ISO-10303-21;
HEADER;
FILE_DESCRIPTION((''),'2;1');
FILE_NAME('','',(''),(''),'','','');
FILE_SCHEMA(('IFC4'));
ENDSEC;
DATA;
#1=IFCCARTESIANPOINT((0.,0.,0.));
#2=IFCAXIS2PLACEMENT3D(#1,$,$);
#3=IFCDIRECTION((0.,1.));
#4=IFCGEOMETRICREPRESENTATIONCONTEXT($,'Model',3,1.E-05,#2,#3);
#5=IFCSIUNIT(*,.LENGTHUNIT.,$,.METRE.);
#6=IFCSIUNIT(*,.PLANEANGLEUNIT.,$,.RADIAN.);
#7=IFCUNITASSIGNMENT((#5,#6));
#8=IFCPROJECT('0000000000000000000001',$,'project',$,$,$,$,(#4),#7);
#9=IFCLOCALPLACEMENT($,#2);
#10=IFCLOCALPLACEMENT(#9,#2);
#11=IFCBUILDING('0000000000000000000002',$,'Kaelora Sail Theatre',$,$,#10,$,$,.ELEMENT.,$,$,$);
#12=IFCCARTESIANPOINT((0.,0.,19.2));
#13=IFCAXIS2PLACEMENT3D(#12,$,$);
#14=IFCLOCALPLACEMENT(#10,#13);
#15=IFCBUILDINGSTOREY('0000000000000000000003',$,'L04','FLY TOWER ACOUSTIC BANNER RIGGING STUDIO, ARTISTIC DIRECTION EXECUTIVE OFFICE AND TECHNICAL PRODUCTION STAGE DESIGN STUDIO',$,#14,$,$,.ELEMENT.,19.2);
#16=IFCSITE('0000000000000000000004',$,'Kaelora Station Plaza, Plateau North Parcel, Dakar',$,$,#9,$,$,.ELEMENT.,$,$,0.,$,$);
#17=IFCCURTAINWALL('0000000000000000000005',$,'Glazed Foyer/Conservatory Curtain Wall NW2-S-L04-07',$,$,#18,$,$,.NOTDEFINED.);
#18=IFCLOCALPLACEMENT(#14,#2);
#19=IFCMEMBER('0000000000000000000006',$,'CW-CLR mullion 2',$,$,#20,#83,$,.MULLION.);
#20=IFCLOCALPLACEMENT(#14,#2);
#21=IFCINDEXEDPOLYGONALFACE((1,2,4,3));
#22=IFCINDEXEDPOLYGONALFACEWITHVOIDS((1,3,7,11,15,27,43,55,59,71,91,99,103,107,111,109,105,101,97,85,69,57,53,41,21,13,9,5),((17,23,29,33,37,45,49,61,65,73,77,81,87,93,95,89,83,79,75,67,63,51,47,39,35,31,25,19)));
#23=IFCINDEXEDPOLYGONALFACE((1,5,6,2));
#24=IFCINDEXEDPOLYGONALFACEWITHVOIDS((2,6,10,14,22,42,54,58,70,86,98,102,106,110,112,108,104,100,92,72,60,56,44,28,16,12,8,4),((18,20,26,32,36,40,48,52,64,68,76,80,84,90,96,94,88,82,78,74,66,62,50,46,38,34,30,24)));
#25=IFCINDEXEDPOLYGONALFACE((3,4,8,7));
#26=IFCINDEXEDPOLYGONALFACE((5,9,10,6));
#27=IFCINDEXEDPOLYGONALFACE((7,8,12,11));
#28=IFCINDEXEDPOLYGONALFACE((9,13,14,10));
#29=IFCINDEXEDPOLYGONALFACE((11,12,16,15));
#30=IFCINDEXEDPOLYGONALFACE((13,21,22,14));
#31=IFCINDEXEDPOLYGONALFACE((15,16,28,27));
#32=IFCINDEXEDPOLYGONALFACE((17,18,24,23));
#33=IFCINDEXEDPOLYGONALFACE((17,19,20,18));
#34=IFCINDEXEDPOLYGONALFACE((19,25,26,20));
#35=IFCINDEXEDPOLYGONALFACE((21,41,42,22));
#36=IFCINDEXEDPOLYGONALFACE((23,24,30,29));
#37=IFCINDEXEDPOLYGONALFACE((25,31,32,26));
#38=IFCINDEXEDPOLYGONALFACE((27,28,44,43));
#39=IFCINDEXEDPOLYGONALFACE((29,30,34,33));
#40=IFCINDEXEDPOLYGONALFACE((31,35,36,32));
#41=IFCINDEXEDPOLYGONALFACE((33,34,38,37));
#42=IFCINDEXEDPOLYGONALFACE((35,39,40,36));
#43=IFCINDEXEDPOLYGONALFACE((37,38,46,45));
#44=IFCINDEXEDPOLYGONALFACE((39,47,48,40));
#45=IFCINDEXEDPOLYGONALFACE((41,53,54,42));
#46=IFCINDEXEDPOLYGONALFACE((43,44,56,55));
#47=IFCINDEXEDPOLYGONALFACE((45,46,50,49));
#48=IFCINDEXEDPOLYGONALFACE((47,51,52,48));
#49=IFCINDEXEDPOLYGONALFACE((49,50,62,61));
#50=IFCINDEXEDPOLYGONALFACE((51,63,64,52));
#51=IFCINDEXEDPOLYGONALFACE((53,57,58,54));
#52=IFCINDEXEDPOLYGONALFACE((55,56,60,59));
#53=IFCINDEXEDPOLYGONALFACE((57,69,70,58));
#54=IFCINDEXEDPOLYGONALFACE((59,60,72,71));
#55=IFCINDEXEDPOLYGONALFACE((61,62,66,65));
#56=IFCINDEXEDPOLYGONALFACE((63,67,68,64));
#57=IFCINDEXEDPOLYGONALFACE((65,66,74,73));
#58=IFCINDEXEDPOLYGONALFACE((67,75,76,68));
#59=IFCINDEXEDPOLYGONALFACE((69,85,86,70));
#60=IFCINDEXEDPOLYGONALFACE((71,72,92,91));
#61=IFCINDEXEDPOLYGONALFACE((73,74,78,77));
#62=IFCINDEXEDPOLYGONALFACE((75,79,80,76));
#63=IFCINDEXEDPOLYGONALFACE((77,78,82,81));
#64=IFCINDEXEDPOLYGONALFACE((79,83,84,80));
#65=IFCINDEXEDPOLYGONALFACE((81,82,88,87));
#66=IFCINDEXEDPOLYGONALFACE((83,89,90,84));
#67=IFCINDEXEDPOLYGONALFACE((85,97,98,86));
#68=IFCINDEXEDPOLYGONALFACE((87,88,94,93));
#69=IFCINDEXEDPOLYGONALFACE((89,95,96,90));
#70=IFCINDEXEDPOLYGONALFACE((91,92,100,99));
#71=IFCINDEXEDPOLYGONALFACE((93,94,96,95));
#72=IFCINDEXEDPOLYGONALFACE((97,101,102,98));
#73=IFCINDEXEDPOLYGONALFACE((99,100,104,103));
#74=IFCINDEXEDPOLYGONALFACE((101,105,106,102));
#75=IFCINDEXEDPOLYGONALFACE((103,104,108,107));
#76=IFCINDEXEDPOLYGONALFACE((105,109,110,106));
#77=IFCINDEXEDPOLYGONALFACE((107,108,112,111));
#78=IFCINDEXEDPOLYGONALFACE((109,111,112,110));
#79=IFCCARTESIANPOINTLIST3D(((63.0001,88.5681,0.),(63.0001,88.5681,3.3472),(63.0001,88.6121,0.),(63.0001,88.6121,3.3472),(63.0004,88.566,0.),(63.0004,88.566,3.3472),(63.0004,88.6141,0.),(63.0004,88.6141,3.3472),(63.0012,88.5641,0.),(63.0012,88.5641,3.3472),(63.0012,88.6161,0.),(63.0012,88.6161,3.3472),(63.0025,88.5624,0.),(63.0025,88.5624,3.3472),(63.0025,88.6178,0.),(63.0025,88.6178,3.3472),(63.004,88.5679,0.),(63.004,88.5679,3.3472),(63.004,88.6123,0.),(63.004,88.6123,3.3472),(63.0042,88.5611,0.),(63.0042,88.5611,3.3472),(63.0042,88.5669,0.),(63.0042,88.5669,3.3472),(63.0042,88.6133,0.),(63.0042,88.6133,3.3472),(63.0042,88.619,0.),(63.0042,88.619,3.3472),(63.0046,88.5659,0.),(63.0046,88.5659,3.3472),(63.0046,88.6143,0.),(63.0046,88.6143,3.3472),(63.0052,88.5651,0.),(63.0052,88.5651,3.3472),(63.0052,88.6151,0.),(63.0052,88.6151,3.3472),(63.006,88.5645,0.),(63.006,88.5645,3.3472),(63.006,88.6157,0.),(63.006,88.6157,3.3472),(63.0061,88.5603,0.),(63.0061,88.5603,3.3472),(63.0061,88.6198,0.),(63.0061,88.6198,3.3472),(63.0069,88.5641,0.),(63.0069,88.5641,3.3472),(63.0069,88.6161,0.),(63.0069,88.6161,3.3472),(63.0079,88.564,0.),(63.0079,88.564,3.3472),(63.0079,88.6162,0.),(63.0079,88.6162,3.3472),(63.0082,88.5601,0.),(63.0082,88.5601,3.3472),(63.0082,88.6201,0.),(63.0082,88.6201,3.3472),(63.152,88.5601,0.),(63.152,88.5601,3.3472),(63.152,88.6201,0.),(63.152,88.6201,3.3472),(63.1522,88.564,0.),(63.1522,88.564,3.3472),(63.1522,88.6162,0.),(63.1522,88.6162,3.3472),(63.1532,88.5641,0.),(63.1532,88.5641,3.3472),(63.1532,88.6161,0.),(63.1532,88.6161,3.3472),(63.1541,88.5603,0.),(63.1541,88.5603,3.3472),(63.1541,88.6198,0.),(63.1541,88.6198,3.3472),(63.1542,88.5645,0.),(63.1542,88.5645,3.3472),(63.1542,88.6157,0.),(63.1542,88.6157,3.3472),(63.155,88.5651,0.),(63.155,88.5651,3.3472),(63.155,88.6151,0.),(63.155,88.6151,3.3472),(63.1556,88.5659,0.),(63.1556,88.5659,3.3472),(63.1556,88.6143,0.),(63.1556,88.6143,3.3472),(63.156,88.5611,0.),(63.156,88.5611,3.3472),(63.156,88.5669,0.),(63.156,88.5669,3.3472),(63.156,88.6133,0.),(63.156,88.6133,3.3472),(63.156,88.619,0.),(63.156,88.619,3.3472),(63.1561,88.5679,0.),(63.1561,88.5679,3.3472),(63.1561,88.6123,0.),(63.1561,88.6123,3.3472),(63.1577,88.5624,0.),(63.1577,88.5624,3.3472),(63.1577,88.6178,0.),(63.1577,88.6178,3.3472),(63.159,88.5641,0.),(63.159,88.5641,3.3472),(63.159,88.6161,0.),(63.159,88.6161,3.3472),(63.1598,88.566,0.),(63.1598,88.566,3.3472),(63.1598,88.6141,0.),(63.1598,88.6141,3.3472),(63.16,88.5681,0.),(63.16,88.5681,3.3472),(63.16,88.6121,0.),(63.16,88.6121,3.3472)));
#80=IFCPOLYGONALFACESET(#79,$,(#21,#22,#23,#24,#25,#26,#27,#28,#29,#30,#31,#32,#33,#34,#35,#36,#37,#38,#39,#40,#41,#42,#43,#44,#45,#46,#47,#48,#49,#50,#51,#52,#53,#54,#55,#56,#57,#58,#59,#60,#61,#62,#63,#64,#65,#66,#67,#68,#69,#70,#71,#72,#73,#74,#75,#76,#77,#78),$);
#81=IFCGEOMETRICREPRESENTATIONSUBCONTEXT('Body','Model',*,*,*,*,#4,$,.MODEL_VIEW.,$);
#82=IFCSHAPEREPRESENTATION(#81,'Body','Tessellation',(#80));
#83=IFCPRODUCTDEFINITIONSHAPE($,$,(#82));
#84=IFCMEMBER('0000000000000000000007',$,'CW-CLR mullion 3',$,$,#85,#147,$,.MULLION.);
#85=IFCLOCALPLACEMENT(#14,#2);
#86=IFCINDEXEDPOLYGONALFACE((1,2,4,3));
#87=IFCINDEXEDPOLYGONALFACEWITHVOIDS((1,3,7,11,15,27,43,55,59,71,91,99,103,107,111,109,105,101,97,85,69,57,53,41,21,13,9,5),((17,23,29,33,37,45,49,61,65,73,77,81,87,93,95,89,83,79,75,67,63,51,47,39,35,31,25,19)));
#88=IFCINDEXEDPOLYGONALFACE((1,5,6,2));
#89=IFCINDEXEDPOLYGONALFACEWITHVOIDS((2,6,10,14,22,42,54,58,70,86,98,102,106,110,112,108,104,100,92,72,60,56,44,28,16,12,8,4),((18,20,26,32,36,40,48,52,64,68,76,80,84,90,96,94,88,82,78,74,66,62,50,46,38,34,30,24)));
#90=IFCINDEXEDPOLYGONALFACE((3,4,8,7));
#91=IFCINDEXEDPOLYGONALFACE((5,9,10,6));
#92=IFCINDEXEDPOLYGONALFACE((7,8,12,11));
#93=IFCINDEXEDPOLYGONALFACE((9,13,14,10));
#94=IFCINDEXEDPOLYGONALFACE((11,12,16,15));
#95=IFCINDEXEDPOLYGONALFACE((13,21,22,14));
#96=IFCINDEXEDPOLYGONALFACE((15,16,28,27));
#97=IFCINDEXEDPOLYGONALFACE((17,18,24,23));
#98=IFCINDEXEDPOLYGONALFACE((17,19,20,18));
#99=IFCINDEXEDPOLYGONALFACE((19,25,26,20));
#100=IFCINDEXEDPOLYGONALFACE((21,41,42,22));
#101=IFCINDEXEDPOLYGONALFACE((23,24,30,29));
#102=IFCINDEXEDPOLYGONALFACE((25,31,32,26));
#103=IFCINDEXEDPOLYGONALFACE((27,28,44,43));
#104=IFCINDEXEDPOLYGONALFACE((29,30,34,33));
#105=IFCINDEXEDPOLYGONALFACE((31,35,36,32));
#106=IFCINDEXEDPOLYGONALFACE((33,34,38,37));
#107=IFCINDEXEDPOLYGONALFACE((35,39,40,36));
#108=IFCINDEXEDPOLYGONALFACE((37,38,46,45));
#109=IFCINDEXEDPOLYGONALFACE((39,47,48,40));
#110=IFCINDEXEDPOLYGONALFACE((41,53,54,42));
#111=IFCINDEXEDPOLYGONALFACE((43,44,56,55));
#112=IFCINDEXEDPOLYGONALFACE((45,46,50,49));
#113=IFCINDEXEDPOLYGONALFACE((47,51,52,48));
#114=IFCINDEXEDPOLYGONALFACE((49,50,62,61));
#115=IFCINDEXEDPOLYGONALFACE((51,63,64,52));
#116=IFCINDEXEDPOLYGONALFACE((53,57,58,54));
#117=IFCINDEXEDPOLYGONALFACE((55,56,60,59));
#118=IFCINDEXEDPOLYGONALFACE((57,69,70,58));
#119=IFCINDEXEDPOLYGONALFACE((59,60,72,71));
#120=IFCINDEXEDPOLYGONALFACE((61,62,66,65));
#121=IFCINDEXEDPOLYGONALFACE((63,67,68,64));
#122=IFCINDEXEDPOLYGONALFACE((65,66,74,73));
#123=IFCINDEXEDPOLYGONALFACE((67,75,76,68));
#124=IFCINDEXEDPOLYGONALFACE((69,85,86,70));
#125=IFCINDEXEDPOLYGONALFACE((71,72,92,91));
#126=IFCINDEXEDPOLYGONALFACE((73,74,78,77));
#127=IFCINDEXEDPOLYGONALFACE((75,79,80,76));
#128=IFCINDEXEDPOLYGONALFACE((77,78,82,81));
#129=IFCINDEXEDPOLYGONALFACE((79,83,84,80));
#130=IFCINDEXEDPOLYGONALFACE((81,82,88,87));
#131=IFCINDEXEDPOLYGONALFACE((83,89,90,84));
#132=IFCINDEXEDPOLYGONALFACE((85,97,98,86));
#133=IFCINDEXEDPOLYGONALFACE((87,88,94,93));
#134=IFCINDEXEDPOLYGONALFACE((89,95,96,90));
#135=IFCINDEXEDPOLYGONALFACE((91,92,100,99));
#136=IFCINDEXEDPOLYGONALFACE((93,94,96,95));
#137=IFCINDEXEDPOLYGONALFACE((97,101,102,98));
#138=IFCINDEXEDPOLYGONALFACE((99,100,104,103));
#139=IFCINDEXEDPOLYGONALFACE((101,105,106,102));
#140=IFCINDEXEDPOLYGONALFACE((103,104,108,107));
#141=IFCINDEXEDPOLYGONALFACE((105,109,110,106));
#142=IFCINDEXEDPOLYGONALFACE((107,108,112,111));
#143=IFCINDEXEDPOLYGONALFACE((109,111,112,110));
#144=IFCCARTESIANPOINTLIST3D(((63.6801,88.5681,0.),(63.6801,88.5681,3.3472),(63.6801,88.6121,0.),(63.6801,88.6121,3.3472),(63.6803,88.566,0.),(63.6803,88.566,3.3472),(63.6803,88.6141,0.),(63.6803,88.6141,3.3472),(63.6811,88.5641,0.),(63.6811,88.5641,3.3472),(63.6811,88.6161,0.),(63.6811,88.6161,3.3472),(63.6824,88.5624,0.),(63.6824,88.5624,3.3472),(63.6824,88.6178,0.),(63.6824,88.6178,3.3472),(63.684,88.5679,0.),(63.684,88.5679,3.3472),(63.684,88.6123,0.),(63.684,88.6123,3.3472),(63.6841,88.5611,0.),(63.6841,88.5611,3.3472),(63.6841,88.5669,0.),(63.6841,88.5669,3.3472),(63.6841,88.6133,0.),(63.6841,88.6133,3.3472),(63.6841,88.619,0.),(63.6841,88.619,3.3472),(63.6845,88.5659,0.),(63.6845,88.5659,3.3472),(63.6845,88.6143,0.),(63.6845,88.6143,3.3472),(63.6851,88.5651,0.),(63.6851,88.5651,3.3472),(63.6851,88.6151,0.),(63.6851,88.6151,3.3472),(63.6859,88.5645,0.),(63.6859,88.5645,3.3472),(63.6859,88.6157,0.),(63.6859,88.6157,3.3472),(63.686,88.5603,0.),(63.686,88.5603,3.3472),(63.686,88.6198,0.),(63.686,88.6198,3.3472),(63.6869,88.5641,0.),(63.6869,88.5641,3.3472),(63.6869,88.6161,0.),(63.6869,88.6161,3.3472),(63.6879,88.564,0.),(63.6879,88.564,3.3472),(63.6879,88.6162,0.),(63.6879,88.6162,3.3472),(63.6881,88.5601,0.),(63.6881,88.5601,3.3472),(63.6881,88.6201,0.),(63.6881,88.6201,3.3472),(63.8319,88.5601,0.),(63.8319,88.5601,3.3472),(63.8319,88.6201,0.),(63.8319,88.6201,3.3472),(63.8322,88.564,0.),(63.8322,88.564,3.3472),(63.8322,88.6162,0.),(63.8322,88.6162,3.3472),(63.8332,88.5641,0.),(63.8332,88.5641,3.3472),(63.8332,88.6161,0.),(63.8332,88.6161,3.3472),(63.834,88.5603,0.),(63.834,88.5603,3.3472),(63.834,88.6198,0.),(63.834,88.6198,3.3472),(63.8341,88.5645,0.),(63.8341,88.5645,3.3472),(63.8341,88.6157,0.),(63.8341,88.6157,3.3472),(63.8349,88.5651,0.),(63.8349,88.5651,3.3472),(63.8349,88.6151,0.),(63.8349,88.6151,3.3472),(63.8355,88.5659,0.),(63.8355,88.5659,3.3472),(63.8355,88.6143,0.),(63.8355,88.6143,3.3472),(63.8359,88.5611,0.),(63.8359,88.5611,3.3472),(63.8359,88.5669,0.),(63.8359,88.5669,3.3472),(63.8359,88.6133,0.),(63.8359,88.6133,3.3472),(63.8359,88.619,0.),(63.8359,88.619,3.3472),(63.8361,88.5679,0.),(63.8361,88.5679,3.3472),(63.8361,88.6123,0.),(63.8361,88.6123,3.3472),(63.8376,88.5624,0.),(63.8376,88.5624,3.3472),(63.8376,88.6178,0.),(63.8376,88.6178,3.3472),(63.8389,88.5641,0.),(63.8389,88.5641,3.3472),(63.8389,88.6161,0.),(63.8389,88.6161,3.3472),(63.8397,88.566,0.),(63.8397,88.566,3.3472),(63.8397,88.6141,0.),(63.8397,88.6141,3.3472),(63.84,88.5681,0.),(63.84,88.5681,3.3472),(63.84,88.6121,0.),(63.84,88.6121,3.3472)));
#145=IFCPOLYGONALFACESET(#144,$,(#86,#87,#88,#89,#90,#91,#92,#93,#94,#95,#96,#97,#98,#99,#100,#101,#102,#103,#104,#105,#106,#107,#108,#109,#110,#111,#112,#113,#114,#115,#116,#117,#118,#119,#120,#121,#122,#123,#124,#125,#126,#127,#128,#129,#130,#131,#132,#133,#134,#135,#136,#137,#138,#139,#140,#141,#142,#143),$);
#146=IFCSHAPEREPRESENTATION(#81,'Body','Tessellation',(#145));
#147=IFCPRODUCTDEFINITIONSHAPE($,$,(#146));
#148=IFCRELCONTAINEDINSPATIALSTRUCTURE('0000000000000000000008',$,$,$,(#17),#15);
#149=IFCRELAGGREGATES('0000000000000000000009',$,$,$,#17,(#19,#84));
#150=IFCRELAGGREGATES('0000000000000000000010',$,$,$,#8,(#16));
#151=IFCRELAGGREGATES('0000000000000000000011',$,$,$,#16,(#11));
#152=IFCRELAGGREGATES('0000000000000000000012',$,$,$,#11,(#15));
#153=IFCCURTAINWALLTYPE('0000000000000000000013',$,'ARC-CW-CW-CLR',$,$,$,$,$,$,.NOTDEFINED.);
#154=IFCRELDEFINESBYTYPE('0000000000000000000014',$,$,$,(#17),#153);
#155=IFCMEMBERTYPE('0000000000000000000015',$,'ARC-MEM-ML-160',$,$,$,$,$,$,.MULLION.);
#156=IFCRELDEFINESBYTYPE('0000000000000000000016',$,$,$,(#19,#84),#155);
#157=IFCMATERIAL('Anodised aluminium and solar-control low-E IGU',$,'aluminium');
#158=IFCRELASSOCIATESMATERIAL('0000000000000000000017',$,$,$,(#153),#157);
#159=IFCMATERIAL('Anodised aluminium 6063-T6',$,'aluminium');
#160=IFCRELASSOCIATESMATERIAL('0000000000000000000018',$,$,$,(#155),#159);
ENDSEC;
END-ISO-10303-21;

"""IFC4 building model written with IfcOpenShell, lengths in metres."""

from ifc_helpers import new_model, si_unit, direction, frame, origin, origin_2d, place, context, subcontext, project, spatial, hollow_rectangle, extrude, material, material_profile, profile_set, type_object, element, aggregate, save


model = new_model("IFC4")

# Units and contexts
model_context = context("Model", 3, precision=1e-05, world=origin(), true_north=direction((0.0, 1.0)))
body_context = subcontext(model_context, "Body", "Model", "MODEL_VIEW")
ifc_project = project(units=[si_unit("LENGTHUNIT", "METRE"), si_unit("PLANEANGLEUNIT", "RADIAN")], contexts=[model_context])

# Site, building, storey
site_placement = place(None, origin())
site = spatial("IfcSite", under=ifc_project, at=site_placement, Name="Kaelora Station Plaza, Plateau North Parcel, Dakar", CompositionType="ELEMENT", RefElevation=0.0)
building_placement = place(site_placement, origin())
building = spatial("IfcBuilding", under=site, at=building_placement, Name="Kaelora Sail Theatre", CompositionType="ELEMENT")
storey_placement = place(building_placement, frame((0.0, 0.0, 19.2)))
storey = spatial("IfcBuildingStorey", under=building, at=storey_placement, Name="L04", Description="FLY TOWER ACOUSTIC BANNER RIGGING STUDIO, ARTISTIC DIRECTION EXECUTIVE OFFICE AND TECHNICAL PRODUCTION STAGE DESIGN STUDIO", CompositionType="ELEMENT", Elevation=19.2)

# Curtain wall, members
ifc_material_1 = material(Name="Anodised aluminium and solar-control low-E IGU", Category="aluminium")
curtain_wall_type = type_object("IfcCurtainWallType", Name="ARC-CW-CW-CLR", PredefinedType="NOTDEFINED", material=ifc_material_1)
curtain_wall_placement = place(storey_placement, origin())
curtain_wall = element("IfcCurtainWall", 1, at=curtain_wall_placement, inside=storey, type_object=curtain_wall_type, Name="Glazed Foyer/Conservatory Curtain Wall NW2-S-L04-07", PredefinedType="NOTDEFINED")
ifc_material_2 = material(Name="Anodised aluminium 6063-T6", Category="aluminium")
ifc_material_profile_1 = material_profile(ifc_material_2, hollow_rectangle(XDim=0.0601, YDim=0.1599, WallThickness=0.0039, InnerFilletRadius=0.0039, OuterFilletRadius=0.0081, at=origin_2d()), Name="ALU-MULL 60x160x4")
ifc_profile_set_1 = profile_set([ifc_material_profile_1], Name="Anodised aluminium 6063-T6")
member_type_1 = type_object("IfcMemberType", Name="ARC-MEM-ML-160", PredefinedType="MULLION", material=ifc_profile_set_1)
member_1_placement = place(storey_placement, frame((63.0801, 88.5901, 0.0), z_axis=(0.0, 0.0, 1.0), x_axis=(0.0, 1.0, 0.0)))
member_1 = element("IfcMember", 2, at=member_1_placement, type_object=member_type_1, Name="CW-CLR mullion 2", PredefinedType="MULLION", context=body_context, shape_type="SweptSolid", body=[
    extrude(hollow_rectangle(XDim=0.0601, YDim=0.1599, WallThickness=0.0039, InnerFilletRadius=0.0039, OuterFilletRadius=0.0081, at=origin_2d()), origin(), (0.0, 0.0, 1.0), 3.3472),
])
member_2_placement = place(storey_placement, frame((63.76, 88.5901, 0.0), z_axis=(0.0, 0.0, 1.0), x_axis=(0.0, 1.0, 0.0)))
member_2 = element("IfcMember", 3, at=member_2_placement, type_object=member_type_1, Name="CW-CLR mullion 3", PredefinedType="MULLION", context=body_context, shape_type="SweptSolid", body=[
    extrude(hollow_rectangle(XDim=0.0601, YDim=0.1599, WallThickness=0.0039, InnerFilletRadius=0.0039, OuterFilletRadius=0.0081, at=origin_2d()), origin(), (0.0, 0.0, 1.0), 3.3472),
])
aggregate(curtain_wall, [member_1, member_2])

save(model, "model.ifc")
